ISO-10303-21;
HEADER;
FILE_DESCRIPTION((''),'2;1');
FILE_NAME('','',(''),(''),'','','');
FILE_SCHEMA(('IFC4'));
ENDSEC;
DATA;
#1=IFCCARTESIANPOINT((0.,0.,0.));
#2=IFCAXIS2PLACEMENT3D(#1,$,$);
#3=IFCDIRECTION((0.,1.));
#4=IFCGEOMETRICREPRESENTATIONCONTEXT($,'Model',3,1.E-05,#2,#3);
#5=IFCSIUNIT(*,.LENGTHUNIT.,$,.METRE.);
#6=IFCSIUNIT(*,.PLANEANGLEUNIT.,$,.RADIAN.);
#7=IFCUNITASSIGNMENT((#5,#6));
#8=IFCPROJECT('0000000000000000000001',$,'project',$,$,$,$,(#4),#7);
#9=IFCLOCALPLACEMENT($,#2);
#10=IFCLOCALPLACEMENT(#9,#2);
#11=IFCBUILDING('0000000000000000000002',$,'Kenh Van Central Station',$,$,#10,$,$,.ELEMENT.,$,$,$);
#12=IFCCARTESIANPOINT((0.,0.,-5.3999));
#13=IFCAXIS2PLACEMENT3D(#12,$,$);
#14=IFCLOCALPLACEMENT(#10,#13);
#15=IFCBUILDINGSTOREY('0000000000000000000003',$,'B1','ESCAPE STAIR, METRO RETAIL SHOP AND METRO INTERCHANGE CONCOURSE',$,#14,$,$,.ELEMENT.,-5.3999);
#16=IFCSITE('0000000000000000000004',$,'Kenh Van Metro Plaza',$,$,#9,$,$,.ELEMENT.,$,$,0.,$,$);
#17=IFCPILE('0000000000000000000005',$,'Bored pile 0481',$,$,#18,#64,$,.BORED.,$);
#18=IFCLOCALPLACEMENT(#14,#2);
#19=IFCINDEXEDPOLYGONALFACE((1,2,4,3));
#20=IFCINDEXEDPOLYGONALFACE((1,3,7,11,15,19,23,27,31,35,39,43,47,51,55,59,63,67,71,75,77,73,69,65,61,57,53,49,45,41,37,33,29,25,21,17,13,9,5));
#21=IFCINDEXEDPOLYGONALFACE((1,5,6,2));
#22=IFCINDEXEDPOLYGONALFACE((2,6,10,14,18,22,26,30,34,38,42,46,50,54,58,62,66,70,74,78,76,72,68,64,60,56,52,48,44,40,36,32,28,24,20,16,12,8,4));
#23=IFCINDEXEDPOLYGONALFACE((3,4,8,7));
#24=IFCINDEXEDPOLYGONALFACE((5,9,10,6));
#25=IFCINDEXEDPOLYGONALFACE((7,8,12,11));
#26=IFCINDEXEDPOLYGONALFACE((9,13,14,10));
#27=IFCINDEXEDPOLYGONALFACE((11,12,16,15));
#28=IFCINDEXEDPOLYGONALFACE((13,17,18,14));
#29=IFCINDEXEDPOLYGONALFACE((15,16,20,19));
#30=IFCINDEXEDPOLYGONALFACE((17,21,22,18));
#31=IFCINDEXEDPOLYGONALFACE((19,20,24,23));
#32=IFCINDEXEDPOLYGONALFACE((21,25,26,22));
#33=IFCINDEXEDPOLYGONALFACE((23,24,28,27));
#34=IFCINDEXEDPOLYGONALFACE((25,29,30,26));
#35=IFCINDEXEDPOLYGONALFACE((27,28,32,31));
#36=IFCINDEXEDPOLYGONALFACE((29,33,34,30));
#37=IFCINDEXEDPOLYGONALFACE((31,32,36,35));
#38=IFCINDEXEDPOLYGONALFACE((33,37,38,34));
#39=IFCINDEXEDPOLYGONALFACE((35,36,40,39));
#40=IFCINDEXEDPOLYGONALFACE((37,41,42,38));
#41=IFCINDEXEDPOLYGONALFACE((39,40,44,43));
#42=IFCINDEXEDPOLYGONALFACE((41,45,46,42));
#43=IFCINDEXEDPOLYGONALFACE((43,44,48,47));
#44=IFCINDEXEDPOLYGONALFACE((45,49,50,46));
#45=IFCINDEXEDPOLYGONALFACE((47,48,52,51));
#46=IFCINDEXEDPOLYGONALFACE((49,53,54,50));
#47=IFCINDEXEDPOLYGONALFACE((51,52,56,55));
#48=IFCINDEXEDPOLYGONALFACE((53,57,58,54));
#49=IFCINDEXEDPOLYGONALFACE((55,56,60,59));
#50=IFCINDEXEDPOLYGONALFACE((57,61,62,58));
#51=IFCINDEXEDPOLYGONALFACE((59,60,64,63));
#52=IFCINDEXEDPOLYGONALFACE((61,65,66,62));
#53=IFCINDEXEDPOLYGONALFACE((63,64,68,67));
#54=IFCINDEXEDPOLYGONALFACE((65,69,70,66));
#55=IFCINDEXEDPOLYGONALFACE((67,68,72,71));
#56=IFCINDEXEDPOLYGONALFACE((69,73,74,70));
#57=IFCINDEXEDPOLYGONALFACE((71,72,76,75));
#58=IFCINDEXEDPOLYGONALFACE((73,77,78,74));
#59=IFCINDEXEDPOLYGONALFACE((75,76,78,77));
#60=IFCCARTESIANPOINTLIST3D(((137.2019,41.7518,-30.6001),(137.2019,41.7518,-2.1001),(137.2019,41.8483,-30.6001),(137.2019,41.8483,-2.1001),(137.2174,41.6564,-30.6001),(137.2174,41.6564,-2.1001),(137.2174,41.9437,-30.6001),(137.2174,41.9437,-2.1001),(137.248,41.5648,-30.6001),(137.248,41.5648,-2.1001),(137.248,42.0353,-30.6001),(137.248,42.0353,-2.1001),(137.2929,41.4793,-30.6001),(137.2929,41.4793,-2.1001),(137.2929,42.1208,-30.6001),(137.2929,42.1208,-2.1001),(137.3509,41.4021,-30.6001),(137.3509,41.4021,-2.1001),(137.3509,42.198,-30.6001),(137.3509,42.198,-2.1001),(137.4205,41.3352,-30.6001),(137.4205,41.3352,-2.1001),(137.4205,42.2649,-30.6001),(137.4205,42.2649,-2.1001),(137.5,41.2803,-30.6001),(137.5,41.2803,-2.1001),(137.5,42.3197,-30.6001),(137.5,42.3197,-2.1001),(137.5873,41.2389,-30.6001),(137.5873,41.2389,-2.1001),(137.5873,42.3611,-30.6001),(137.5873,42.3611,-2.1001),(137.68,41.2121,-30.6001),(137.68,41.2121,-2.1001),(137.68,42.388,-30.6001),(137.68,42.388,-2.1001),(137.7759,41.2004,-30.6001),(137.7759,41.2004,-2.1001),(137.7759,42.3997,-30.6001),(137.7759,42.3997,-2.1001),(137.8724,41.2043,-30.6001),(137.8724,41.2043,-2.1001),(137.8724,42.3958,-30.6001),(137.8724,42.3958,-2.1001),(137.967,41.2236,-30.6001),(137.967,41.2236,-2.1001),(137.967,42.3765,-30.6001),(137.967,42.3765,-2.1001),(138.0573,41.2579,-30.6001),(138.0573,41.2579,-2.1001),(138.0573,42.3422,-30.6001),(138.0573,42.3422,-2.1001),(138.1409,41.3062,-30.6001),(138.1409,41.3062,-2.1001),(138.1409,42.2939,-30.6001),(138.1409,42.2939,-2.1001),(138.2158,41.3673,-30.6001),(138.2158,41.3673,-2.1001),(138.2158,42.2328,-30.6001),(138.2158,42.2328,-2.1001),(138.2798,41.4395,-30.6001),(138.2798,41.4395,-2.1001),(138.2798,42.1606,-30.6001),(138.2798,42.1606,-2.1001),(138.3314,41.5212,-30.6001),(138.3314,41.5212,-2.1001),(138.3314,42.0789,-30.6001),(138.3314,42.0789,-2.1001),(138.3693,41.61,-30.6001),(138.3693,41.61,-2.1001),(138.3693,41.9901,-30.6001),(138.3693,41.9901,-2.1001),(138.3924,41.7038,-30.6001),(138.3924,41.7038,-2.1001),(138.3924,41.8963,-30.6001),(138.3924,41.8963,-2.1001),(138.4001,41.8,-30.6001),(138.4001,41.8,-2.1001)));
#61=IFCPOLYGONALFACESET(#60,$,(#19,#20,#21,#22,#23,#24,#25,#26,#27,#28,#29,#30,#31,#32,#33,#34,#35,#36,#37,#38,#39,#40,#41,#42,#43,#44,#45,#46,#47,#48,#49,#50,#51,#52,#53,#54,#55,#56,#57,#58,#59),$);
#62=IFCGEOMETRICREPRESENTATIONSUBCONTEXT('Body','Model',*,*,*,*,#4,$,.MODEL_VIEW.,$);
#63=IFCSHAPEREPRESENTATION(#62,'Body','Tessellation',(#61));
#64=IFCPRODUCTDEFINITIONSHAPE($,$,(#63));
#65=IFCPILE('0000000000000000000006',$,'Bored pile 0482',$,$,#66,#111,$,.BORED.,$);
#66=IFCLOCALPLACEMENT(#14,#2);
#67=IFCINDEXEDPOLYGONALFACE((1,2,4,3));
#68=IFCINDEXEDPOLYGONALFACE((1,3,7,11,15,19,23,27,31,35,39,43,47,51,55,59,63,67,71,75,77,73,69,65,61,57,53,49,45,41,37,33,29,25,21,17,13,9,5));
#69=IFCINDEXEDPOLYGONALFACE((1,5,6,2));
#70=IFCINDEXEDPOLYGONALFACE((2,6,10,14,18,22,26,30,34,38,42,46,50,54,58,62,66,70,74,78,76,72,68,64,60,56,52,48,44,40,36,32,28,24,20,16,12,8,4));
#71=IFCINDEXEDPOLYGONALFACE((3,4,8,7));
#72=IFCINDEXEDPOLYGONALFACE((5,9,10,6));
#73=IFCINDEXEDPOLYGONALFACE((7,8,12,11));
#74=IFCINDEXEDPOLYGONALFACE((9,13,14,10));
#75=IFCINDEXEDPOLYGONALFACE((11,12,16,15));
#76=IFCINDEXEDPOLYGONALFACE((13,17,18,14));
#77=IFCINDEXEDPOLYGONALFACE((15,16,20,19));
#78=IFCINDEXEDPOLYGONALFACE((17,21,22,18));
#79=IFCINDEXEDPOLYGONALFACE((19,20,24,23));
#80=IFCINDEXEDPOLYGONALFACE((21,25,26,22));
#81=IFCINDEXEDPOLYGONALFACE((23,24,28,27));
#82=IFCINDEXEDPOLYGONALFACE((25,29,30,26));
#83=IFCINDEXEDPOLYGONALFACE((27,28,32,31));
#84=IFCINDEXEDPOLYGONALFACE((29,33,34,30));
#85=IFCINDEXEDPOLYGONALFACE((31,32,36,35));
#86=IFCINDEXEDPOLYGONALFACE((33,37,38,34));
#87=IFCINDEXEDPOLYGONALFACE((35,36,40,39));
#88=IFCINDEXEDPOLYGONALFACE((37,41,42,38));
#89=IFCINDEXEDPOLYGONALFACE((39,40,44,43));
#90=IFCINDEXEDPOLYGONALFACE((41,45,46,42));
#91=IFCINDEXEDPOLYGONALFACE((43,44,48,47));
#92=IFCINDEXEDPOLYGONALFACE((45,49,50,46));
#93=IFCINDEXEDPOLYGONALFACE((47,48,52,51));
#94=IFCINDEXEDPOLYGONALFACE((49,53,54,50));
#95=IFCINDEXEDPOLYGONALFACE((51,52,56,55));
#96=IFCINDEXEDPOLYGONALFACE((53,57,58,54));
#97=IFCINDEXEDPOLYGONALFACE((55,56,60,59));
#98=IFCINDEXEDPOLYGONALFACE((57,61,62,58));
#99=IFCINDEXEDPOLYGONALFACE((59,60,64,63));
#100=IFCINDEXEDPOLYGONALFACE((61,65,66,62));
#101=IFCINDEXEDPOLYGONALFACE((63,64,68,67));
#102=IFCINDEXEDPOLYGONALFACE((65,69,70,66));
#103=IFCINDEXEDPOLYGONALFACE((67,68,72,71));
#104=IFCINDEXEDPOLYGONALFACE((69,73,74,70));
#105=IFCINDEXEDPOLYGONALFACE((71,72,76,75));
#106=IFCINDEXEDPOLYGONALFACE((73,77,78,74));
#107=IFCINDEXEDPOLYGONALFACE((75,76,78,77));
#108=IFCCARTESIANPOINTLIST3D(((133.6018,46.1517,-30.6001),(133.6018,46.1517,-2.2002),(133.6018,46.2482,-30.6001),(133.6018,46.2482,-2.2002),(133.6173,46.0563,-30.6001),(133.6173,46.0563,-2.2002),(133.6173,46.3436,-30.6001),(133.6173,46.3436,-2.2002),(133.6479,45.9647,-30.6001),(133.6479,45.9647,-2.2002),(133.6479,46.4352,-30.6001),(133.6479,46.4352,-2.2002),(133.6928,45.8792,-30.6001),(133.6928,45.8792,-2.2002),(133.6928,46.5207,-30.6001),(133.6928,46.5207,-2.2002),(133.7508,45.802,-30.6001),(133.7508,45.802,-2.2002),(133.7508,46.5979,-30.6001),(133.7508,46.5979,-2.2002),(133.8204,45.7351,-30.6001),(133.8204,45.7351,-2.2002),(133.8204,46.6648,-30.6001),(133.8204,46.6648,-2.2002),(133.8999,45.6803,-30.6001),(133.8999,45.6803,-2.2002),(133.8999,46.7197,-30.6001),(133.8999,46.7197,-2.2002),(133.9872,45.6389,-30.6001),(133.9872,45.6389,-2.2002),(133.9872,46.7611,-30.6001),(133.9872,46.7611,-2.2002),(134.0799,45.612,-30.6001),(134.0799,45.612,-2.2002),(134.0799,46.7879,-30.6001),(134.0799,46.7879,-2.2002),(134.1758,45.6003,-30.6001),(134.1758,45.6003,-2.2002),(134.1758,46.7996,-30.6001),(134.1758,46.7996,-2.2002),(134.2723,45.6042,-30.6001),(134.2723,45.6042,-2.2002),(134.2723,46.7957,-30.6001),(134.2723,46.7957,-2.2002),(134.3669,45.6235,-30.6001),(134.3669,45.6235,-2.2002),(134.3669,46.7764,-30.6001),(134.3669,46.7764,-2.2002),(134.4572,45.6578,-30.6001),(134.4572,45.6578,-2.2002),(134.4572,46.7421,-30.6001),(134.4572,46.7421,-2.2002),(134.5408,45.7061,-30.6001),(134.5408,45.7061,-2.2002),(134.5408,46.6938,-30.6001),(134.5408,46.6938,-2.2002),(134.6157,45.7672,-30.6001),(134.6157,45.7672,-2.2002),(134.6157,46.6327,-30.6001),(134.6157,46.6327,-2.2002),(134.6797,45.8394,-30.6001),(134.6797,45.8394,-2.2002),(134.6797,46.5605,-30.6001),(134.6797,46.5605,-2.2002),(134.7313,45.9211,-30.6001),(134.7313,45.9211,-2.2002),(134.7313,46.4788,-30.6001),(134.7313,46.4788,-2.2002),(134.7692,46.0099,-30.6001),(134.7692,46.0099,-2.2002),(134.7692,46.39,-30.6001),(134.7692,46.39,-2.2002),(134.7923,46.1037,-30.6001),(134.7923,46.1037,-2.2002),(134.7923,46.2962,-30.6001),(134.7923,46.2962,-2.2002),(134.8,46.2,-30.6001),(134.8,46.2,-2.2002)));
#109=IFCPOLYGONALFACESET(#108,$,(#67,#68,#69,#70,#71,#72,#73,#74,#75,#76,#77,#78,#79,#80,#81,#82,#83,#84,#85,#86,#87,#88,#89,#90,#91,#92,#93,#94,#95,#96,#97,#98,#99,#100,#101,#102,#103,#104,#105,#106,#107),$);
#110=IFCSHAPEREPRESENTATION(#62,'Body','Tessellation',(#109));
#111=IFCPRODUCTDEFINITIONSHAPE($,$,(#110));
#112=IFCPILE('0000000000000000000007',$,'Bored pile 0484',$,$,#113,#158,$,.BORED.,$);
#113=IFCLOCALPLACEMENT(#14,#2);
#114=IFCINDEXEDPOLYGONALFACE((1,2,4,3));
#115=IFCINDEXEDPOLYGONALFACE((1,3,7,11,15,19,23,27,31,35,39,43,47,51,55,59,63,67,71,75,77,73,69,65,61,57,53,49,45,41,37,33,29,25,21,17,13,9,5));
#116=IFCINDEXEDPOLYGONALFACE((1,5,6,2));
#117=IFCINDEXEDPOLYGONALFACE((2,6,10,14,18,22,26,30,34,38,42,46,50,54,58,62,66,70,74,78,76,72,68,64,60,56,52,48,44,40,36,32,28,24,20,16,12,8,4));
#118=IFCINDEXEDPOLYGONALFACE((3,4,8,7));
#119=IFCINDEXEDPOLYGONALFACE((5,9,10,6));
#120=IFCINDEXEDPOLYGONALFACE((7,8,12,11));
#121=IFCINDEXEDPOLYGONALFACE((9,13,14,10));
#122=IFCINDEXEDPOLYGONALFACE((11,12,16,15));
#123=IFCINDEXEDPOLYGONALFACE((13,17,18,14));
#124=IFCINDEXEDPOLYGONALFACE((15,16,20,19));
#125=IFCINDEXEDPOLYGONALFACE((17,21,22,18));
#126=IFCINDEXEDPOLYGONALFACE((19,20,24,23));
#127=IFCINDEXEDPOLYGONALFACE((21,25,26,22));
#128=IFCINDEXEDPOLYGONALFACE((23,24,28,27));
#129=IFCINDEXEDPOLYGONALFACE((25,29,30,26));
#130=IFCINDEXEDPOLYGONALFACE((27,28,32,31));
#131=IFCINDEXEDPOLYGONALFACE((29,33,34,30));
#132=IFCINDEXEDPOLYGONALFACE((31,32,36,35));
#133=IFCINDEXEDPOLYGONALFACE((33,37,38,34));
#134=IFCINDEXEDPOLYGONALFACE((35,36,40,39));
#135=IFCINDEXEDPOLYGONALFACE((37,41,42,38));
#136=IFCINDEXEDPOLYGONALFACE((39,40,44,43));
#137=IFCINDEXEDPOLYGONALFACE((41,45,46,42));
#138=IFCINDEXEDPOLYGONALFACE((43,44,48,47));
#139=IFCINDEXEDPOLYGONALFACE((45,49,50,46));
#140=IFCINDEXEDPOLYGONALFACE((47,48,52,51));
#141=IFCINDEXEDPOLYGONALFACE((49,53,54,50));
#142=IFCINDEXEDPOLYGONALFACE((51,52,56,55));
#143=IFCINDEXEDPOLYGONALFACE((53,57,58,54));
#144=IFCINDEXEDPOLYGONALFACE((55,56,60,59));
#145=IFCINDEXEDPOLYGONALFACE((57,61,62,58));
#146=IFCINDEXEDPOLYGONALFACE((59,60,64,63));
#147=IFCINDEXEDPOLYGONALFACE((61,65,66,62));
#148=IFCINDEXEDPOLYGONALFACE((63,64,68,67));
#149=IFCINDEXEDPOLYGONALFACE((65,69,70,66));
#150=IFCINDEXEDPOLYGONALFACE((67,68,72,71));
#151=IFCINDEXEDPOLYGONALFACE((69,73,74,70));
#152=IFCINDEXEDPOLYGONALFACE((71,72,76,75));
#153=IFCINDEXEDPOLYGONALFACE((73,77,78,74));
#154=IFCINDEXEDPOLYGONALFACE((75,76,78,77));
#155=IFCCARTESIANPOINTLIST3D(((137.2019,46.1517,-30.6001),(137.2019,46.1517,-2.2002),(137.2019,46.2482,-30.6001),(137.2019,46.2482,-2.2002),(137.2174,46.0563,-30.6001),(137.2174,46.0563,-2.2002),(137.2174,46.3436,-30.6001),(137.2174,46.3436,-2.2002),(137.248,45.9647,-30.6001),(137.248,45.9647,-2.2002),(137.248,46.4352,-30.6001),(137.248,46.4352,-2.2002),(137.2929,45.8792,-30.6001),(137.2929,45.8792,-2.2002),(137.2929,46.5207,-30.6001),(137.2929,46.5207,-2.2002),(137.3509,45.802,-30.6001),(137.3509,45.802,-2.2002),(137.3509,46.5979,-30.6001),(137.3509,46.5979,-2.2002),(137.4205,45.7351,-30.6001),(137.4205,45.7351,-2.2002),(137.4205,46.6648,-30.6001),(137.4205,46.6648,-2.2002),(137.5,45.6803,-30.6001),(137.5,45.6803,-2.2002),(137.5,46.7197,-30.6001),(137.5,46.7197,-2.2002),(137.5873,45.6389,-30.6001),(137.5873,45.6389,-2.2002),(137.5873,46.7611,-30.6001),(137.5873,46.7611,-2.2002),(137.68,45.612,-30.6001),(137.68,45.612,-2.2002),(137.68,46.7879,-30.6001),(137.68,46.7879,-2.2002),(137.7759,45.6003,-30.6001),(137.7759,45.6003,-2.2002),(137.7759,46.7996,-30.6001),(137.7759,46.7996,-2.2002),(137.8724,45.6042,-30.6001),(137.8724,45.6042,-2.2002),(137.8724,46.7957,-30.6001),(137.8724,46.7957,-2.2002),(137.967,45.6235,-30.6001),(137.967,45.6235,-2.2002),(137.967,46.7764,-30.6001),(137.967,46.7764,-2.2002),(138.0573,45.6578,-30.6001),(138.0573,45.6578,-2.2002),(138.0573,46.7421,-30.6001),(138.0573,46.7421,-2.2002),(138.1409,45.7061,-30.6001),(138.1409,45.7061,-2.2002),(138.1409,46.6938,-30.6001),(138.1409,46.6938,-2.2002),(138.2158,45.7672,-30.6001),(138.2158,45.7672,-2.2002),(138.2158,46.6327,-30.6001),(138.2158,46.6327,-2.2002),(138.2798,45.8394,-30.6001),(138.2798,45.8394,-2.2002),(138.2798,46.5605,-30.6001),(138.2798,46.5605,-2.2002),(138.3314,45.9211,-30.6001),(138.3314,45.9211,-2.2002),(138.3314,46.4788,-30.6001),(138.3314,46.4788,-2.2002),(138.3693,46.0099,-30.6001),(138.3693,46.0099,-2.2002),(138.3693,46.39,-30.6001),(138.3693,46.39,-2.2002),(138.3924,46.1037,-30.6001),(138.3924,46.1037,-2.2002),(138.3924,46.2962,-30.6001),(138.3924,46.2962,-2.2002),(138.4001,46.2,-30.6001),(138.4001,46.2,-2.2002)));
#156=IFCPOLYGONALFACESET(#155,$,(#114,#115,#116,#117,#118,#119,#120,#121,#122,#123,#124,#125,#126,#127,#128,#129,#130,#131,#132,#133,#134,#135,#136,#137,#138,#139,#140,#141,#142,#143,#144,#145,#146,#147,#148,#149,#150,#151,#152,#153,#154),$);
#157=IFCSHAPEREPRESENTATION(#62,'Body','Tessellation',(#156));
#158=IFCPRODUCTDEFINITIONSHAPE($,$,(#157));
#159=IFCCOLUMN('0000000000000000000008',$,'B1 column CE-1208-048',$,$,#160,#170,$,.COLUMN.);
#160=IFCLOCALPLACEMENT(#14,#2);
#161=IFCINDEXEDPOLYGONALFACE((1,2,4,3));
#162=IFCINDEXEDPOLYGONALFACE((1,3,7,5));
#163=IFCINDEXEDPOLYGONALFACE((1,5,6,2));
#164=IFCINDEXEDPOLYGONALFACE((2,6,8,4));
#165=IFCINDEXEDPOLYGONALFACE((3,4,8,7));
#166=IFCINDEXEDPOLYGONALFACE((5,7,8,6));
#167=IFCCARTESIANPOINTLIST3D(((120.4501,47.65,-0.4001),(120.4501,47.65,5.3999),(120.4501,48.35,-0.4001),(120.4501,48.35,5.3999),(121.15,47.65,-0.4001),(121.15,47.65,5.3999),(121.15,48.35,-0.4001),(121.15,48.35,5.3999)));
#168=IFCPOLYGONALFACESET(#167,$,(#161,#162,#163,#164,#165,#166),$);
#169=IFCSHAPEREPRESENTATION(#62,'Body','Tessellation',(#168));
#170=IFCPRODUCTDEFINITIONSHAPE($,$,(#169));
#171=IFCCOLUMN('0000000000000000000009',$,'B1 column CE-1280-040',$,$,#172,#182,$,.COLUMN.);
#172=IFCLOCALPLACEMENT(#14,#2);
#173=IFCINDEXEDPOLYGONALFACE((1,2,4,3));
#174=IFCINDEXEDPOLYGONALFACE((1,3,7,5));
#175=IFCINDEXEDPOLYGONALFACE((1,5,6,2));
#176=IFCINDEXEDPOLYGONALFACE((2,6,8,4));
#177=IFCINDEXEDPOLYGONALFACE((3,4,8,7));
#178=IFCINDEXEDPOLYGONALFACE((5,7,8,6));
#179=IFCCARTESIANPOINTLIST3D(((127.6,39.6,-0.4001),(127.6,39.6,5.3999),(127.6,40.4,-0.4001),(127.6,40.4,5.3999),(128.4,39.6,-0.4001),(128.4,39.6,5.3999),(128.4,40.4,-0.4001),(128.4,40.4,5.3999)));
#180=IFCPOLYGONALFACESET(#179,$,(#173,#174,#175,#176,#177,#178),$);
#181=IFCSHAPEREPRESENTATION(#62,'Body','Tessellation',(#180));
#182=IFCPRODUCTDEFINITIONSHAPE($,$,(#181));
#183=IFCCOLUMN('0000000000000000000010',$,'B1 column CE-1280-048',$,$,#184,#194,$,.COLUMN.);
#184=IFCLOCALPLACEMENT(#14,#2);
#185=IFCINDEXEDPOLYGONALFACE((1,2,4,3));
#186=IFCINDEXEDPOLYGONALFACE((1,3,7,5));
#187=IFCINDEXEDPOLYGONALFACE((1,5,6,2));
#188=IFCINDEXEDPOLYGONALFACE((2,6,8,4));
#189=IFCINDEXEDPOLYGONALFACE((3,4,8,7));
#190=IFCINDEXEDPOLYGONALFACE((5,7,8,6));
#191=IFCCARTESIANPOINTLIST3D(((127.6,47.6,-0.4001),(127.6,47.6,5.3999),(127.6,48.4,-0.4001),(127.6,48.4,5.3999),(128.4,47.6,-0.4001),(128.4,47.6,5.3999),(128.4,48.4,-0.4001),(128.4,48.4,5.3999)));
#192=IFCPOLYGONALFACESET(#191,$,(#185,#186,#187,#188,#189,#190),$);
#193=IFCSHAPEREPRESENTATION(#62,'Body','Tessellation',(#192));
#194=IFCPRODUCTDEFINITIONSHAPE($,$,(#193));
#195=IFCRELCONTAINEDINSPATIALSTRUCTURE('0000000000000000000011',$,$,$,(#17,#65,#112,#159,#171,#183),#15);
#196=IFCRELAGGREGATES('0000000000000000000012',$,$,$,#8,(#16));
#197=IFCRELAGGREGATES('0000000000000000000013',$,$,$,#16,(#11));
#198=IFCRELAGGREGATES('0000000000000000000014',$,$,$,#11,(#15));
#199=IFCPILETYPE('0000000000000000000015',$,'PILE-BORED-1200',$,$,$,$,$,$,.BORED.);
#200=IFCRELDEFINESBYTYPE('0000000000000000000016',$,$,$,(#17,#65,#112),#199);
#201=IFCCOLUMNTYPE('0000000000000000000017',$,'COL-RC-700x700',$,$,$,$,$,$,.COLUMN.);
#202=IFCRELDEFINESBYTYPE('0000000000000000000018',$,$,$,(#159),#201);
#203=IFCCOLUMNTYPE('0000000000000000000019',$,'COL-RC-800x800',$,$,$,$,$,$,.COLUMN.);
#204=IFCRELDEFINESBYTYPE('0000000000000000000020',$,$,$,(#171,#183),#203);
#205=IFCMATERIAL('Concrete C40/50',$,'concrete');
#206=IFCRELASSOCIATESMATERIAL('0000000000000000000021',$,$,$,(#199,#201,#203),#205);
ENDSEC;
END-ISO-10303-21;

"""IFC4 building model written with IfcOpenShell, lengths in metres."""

from ifc_helpers import new_model, si_unit, direction, frame, origin, origin_2d, place, context, subcontext, project, spatial, rectangle, circle, extrude, material, material_profile, profile_set, type_object, element, save


model = new_model("IFC4")

# Units and contexts
model_context = context("Model", 3, precision=1e-05, world=origin(), true_north=direction((0.0, 1.0)))
body_context = subcontext(model_context, "Body", "Model", "MODEL_VIEW")
ifc_project = project(units=[si_unit("LENGTHUNIT", "METRE"), si_unit("PLANEANGLEUNIT", "RADIAN")], contexts=[model_context])

# Site, building, storey
site_placement = place(None, origin())
site = spatial("IfcSite", under=ifc_project, at=site_placement, Name="Kenh Van Metro Plaza", CompositionType="ELEMENT", RefElevation=0.0)
building_placement = place(site_placement, origin())
building = spatial("IfcBuilding", under=site, at=building_placement, Name="Kenh Van Central Station", CompositionType="ELEMENT")
storey_placement = place(building_placement, frame((0.0, 0.0, -5.3999)))
storey = spatial("IfcBuildingStorey", under=building, at=storey_placement, Name="B1", Description="ESCAPE STAIR, METRO RETAIL SHOP AND METRO INTERCHANGE CONCOURSE", CompositionType="ELEMENT", Elevation=-5.3999)

# Shared definitions
ifc_material_1 = material(Name="Concrete C40/50", Category="concrete")

# Piles
ifc_material_profile_1 = material_profile(ifc_material_1, circle(Radius=0.6001, at=origin_2d()), Name="PILE D1200")
ifc_profile_set_1 = profile_set([ifc_material_profile_1], Name="Concrete C40/50")
pile_type_1 = type_object("IfcPileType", Name="PILE-BORED-1200", PredefinedType="BORED", material=ifc_profile_set_1)
for number, where, z_axis, x_axis, name in (
    (1, (137.8, 41.8, -2.1001), (0.0, 0.0, -1.0), (1.0, 0.0, 0.0), "Bored pile 0481"),
):
    element("IfcPile", number, at=place(storey_placement, frame(where, z_axis=z_axis, x_axis=x_axis)), inside=storey, type_object=pile_type_1, Name=name, PredefinedType="BORED", context=body_context, shape_type="SweptSolid", body=[
        extrude(circle(Radius=0.6001, at=origin_2d()), origin(), (0.0, 0.0, 1.0), 28.5),
    ])
for number, where, z_axis, x_axis, name in (
    (2, (134.2, 46.2, -2.2002), (0.0, 0.0, -1.0), (1.0, 0.0, 0.0), "Bored pile 0482"),
    (3, (137.8, 46.2, -2.2002), (0.0, 0.0, -1.0), (1.0, 0.0, 0.0), "Bored pile 0484"),
):
    element("IfcPile", number, at=place(storey_placement, frame(where, z_axis=z_axis, x_axis=x_axis)), inside=storey, type_object=pile_type_1, Name=name, PredefinedType="BORED", context=body_context, shape_type="SweptSolid", body=[
        extrude(circle(Radius=0.6001, at=origin_2d()), origin(), (0.0, 0.0, 1.0), 28.3999),
    ])

# Columns
ifc_material_profile_2 = material_profile(ifc_material_1, rectangle(XDim=0.7, YDim=0.7, at=origin_2d()), Name="RC 700x700")
ifc_profile_set_2 = profile_set([ifc_material_profile_2], Name="Concrete C40/50")
column_type_1 = type_object("IfcColumnType", Name="COL-RC-700x700", PredefinedType="COLUMN", material=ifc_profile_set_2)
column_placement = place(storey_placement, frame((120.8, 48.0, -0.4001), z_axis=(0.0, 0.0, 1.0), x_axis=(1.0, 0.0, 0.0)))
element("IfcColumn", 4, at=column_placement, inside=storey, type_object=column_type_1, Name="B1 column CE-1208-048", PredefinedType="COLUMN", context=body_context, shape_type="SweptSolid", body=[
    extrude(rectangle(XDim=0.7, YDim=0.7, at=origin_2d()), origin(), (0.0, 0.0, 1.0), 5.8),
])
ifc_material_profile_3 = material_profile(ifc_material_1, rectangle(XDim=0.8, YDim=0.8, at=origin_2d()), Name="RC 800x800")
ifc_profile_set_3 = profile_set([ifc_material_profile_3], Name="Concrete C40/50")
column_type_2 = type_object("IfcColumnType", Name="COL-RC-800x800", PredefinedType="COLUMN", material=ifc_profile_set_3)
for number, where, z_axis, x_axis, name in (
    (5, (128.0, 40.0, -0.4001), (0.0, 0.0, 1.0), (1.0, 0.0, 0.0), "B1 column CE-1280-040"),
    (6, (128.0, 48.0, -0.4001), (0.0, 0.0, 1.0), (1.0, 0.0, 0.0), "B1 column CE-1280-048"),
):
    element("IfcColumn", number, at=place(storey_placement, frame(where, z_axis=z_axis, x_axis=x_axis)), inside=storey, type_object=column_type_2, Name=name, PredefinedType="COLUMN", context=body_context, shape_type="SweptSolid", body=[
        extrude(rectangle(XDim=0.8, YDim=0.8, at=origin_2d()), origin(), (0.0, 0.0, 1.0), 5.8),
    ])

save(model, "model.ifc")
